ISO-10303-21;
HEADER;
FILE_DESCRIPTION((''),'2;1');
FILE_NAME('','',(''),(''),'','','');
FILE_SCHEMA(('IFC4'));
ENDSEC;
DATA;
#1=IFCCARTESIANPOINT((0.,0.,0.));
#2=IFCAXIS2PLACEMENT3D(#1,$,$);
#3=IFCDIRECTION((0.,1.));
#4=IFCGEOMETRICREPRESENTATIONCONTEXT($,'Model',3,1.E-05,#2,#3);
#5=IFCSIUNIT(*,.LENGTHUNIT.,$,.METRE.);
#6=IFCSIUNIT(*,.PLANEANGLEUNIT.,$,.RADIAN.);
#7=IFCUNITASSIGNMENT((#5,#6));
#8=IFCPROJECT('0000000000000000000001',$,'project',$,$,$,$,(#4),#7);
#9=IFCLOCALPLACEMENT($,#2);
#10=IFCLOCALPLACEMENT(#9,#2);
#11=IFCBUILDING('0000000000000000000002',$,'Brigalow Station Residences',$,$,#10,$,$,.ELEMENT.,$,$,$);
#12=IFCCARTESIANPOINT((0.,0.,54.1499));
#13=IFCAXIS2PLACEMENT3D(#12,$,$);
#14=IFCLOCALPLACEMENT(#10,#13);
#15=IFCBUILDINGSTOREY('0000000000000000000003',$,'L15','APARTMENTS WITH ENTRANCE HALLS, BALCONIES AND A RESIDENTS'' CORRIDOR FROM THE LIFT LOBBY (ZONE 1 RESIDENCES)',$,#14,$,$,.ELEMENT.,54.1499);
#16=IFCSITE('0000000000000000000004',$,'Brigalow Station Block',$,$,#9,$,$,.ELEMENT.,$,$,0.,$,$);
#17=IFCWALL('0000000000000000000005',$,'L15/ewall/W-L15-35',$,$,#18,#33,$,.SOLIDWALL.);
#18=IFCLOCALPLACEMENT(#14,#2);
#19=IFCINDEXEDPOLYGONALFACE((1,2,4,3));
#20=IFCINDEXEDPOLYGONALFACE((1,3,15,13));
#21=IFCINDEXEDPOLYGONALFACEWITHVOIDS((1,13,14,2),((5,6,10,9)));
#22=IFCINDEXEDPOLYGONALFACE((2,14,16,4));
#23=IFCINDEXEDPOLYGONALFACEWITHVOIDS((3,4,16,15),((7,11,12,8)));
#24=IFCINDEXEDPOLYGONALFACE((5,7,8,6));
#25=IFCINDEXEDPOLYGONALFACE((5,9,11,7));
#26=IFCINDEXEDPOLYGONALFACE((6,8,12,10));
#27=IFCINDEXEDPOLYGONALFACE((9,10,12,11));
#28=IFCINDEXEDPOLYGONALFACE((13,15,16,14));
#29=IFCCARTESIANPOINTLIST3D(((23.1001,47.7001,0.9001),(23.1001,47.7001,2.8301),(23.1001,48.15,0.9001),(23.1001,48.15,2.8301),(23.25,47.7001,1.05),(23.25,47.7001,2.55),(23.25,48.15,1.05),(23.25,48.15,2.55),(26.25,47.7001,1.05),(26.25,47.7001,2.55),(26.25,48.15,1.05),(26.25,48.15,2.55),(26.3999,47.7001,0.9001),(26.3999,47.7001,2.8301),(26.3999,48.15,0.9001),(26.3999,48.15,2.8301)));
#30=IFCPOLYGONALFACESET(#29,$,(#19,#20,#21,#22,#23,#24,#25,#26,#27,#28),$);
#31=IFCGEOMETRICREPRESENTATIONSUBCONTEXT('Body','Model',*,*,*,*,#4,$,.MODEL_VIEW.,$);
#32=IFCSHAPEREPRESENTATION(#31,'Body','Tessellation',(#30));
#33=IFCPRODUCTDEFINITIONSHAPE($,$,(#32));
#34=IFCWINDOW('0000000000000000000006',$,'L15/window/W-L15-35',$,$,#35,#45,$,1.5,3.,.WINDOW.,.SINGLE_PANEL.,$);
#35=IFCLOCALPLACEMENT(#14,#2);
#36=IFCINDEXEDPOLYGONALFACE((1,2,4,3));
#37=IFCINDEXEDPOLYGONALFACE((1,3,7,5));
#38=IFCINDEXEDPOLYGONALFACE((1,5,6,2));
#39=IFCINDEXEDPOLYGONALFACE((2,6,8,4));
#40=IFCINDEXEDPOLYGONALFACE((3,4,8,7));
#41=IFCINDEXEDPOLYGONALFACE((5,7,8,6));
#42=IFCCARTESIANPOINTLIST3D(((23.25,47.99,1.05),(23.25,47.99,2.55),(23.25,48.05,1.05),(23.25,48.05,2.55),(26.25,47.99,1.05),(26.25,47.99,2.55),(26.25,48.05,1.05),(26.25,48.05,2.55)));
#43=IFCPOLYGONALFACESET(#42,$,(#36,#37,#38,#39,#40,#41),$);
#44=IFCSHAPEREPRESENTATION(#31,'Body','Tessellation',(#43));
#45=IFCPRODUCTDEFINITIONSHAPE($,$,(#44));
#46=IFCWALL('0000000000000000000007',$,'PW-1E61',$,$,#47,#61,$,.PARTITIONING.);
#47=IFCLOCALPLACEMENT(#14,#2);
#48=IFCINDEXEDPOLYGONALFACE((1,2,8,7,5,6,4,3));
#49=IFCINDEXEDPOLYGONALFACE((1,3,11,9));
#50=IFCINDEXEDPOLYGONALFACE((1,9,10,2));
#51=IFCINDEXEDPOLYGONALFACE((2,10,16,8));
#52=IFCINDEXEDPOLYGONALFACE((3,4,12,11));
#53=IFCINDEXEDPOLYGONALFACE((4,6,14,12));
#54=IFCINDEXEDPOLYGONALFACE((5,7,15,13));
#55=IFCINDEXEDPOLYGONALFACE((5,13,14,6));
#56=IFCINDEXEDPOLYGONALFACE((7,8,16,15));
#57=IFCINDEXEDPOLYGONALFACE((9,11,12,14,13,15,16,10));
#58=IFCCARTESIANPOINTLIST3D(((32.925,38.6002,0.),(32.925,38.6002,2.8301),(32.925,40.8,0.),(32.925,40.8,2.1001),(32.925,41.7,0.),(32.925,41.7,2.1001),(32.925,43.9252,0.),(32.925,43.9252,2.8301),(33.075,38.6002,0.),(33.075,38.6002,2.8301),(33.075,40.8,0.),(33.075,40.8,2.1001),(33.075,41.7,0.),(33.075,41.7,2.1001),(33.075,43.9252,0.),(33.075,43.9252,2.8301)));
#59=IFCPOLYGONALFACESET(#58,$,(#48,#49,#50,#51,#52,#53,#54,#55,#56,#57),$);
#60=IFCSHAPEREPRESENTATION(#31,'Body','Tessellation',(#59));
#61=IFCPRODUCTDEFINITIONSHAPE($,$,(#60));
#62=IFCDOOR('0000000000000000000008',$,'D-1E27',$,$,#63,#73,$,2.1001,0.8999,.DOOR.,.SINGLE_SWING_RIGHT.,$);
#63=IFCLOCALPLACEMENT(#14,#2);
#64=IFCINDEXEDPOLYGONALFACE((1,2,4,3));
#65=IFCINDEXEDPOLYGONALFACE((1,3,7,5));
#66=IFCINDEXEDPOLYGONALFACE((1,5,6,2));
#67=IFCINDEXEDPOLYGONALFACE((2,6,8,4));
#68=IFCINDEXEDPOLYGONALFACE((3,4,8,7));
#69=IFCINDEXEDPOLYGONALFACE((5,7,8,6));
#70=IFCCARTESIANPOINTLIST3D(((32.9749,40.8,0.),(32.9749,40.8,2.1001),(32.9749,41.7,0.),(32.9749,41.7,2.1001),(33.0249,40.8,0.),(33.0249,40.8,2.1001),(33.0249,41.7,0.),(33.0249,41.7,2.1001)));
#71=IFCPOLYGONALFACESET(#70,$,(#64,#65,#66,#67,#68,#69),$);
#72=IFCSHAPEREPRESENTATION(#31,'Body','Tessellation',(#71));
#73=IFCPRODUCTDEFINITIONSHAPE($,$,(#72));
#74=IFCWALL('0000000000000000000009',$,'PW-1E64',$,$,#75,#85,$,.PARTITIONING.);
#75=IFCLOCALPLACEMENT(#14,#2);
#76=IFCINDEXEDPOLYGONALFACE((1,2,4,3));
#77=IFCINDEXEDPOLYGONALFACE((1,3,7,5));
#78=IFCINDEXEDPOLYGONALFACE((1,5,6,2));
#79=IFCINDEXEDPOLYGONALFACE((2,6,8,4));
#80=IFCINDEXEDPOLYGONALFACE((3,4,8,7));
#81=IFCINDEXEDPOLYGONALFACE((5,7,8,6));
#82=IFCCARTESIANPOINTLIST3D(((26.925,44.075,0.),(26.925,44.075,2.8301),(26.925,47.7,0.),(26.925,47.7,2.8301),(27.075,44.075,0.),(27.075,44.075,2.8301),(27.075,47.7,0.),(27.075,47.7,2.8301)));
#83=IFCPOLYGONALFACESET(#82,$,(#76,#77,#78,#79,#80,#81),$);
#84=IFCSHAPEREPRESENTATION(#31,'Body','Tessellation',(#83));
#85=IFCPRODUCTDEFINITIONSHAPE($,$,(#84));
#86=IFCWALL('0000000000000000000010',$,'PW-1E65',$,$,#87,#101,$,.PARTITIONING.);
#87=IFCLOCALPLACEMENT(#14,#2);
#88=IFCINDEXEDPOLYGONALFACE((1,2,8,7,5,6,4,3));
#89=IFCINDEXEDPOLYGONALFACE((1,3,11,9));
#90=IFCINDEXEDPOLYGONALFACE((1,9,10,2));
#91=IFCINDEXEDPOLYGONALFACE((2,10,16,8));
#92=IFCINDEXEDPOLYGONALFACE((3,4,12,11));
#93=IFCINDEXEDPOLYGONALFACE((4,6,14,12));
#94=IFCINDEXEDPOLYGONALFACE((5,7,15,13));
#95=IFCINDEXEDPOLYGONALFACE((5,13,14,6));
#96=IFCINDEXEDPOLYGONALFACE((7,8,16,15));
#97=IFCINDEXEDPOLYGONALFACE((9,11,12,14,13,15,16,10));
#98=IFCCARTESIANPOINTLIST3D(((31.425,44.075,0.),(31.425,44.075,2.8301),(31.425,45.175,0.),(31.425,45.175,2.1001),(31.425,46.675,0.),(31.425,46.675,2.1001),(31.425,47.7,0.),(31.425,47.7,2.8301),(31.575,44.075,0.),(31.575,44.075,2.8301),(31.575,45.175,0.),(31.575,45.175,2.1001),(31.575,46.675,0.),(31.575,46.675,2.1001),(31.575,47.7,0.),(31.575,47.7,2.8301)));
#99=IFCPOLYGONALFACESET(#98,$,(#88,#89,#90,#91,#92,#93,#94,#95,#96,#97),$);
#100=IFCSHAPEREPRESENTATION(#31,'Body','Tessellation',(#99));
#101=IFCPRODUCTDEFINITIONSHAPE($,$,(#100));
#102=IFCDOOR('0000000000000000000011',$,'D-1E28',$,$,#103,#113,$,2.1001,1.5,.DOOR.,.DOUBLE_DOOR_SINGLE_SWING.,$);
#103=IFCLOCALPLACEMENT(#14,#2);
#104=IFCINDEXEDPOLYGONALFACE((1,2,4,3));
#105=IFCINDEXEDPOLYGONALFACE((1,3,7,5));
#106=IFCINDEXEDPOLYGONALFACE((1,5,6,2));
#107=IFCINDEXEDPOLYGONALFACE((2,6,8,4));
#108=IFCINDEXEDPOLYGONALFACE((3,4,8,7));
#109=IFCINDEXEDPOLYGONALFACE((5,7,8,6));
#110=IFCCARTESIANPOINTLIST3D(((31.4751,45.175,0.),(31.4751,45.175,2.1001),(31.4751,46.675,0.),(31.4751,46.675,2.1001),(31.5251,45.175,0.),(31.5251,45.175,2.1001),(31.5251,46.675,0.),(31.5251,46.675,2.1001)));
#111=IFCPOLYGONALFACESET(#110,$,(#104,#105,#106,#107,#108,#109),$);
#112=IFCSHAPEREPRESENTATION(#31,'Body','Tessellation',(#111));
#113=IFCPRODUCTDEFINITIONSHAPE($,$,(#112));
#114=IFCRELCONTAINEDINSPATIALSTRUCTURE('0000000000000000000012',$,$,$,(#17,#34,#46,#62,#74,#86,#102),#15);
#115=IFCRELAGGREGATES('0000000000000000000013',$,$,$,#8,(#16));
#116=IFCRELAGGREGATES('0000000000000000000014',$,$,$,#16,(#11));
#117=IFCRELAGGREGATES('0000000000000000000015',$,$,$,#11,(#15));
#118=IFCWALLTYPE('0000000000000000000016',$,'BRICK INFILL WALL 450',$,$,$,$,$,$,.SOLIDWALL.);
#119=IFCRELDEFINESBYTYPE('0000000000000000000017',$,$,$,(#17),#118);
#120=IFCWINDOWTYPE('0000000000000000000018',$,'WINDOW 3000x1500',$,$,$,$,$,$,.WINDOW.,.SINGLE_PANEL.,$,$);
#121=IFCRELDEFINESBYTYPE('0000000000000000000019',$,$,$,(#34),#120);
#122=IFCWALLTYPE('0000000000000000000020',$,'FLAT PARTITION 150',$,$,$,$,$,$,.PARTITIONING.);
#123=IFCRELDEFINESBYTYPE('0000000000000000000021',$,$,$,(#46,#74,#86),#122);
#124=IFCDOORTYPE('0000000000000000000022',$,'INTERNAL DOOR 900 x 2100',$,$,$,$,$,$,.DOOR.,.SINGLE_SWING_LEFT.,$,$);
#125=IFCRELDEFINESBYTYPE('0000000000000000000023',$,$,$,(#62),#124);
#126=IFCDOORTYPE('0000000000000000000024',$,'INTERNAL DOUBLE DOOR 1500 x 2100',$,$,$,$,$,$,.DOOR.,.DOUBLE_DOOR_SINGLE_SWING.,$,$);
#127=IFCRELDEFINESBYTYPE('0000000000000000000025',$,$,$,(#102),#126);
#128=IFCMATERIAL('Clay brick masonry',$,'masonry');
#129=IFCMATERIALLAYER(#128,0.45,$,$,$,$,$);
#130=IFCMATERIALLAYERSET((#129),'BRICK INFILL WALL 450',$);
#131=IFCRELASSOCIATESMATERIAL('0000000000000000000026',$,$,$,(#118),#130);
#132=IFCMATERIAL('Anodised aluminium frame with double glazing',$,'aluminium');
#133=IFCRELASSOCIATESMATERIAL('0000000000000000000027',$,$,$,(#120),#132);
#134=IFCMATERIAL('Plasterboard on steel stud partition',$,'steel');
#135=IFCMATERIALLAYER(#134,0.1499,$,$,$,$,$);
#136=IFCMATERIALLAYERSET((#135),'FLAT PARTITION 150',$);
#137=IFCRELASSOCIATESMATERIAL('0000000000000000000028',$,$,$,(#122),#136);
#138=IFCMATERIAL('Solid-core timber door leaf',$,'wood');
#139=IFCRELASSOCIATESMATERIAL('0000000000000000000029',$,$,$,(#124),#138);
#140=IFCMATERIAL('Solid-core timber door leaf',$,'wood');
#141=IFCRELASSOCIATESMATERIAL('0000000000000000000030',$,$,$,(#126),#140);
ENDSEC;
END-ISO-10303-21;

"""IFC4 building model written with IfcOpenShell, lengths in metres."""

from ifc_helpers import new_model, si_unit, direction, frame, frame_2d, origin, place, context, subcontext, project, spatial, rectangle, extrude, material, layer, layer_set, type_object, element, fill, save


model = new_model("IFC4")

# Units and contexts
model_context = context("Model", 3, precision=1e-05, world=origin(), true_north=direction((0.0, 1.0)))
body_context = subcontext(model_context, "Body", "Model", "MODEL_VIEW")
ifc_project = project(units=[si_unit("LENGTHUNIT", "METRE"), si_unit("PLANEANGLEUNIT", "RADIAN")], contexts=[model_context])

# Site, building, storey
site_placement = place(None, origin())
site = spatial("IfcSite", under=ifc_project, at=site_placement, Name="Brigalow Station Block", CompositionType="ELEMENT", RefElevation=0.0)
building_placement = place(site_placement, origin())
building = spatial("IfcBuilding", under=site, at=building_placement, Name="Brigalow Station Residences", CompositionType="ELEMENT")
storey_placement = place(building_placement, frame((0.0, 0.0, 54.1499)))
storey = spatial("IfcBuildingStorey", under=building, at=storey_placement, Name="L15", Description="APARTMENTS WITH ENTRANCE HALLS, BALCONIES AND A RESIDENTS' CORRIDOR FROM THE LIFT LOBBY (ZONE 1 RESIDENCES)", CompositionType="ELEMENT", Elevation=54.1499)

# Shared definitions
ifc_material_1 = material(Name="Clay brick masonry", Category="masonry")
ifc_layer_1 = layer(ifc_material_1, 0.45)
ifc_layer_set_1 = layer_set([ifc_layer_1], Name="BRICK INFILL WALL 450")
wall_type_1 = type_object("IfcWallType", Name="BRICK INFILL WALL 450", PredefinedType="SOLIDWALL", material=ifc_layer_set_1)

# Wall, opening, window
wall_1_placement = place(storey_placement, frame((26.3999, 47.925, 0.9001), z_axis=(0.0, 0.0, 1.0), x_axis=(-1.0, 0.0, 0.0)))
wall_1 = element("IfcWall", 1, at=wall_1_placement, inside=storey, type_object=wall_type_1, Name="L15/ewall/W-L15-35", PredefinedType="SOLIDWALL", context=body_context, shape_type="SweptSolid", body=[
    extrude(rectangle(XDim=3.2998, YDim=0.45, at=frame_2d((1.6499, 0.0))), origin(), (0.0, 0.0, 1.0), 1.9299),
])
opening_1_placement = place(wall_1_placement, frame((0.1499, 0.0, 0.1499)))
opening_1 = element("IfcOpeningElement", 2, at=opening_1_placement, cuts=wall_1, PredefinedType="OPENING", context=body_context, shape_type="SweptSolid", body=[
    extrude(rectangle(XDim=3.0, YDim=1.5, at=frame_2d((1.5, 0.75))), frame((0.0, 0.2349, 0.0), z_axis=(0.0, -1.0, 0.0), x_axis=(1.0, 0.0, 0.0)), (0.0, 0.0, 1.0), 0.47),
])
ifc_material_2 = material(Name="Anodised aluminium frame with double glazing", Category="aluminium")
window_type = type_object("IfcWindowType", Name="WINDOW 3000x1500", PartitioningType="SINGLE_PANEL", PredefinedType="WINDOW", material=ifc_material_2)
window_placement = place(opening_1_placement, origin())
window = element("IfcWindow", 3, at=window_placement, inside=storey, type_object=window_type, Name="L15/window/W-L15-35", OverallHeight=1.5, OverallWidth=3.0, PartitioningType="SINGLE_PANEL", PredefinedType="WINDOW", context=body_context, shape_type="SweptSolid", body=[
    extrude(rectangle(XDim=3.0, YDim=1.5, at=frame_2d((1.5, 0.75))), frame((0.0, -0.0649, 0.0), z_axis=(0.0, -1.0, 0.0), x_axis=(1.0, 0.0, 0.0)), (0.0, 0.0, 1.0), 0.0601),
])
fill(opening_1, window)

# Wall, opening, door
ifc_material_3 = material(Name="Plasterboard on steel stud partition", Category="steel")
ifc_layer_2 = layer(ifc_material_3, 0.1499)
ifc_layer_set_2 = layer_set([ifc_layer_2], Name="FLAT PARTITION 150")
wall_type_2 = type_object("IfcWallType", Name="FLAT PARTITION 150", PredefinedType="PARTITIONING", material=ifc_layer_set_2)
wall_2_placement = place(storey_placement, frame((33.0, 38.6001, 0.0), z_axis=(0.0, 0.0, 1.0), x_axis=(0.0, 1.0, 0.0)))
wall_2 = element("IfcWall", 4, at=wall_2_placement, inside=storey, type_object=wall_type_2, Name="PW-1E61", PredefinedType="PARTITIONING", context=body_context, shape_type="SweptSolid", body=[
    extrude(rectangle(XDim=5.325, YDim=0.1499, at=frame_2d((2.6626, 0.0))), origin(), (0.0, 0.0, 1.0), 2.8301),
])
opening_2_placement = place(wall_2_placement, frame((2.2, 0.0, 0.0)))
opening_2 = element("IfcOpeningElement", 5, at=opening_2_placement, cuts=wall_2, PredefinedType="OPENING", context=body_context, shape_type="SweptSolid", body=[
    extrude(rectangle(XDim=0.8999, YDim=2.1001, at=frame_2d((0.45, 1.05))), frame((0.0, 0.085, 0.0), z_axis=(0.0, -1.0, 0.0), x_axis=(1.0, 0.0, 0.0)), (0.0, 0.0, 1.0), 0.1699),
])
ifc_material_4 = material(Name="Solid-core timber door leaf", Category="wood")
door_type_1 = type_object("IfcDoorType", Name="INTERNAL DOOR 900 x 2100", OperationType="SINGLE_SWING_LEFT", PredefinedType="DOOR", material=ifc_material_4)
door_1_placement = place(opening_2_placement, frame((0.8999, 0.0, 0.0), z_axis=(0.0, 0.0, 1.0), x_axis=(-1.0, 0.0, 0.0)))
door_1 = element("IfcDoor", 6, at=door_1_placement, inside=storey, type_object=door_type_1, Name="D-1E27", OperationType="SINGLE_SWING_RIGHT", OverallHeight=2.1001, OverallWidth=0.8999, PredefinedType="DOOR", context=body_context, shape_type="SweptSolid", body=[
    extrude(rectangle(XDim=0.8999, YDim=2.1001, at=frame_2d((0.45, 1.05))), frame((0.0, 0.0249, 0.0), z_axis=(0.0, -1.0, 0.0), x_axis=(1.0, 0.0, 0.0)), (0.0, 0.0, 1.0), 0.05),
])
fill(opening_2, door_1)

# Wall
wall_3_placement = place(storey_placement, frame((27.0, 44.075, 0.0), z_axis=(0.0, 0.0, 1.0), x_axis=(0.0, 1.0, 0.0)))
element("IfcWall", 7, at=wall_3_placement, inside=storey, type_object=wall_type_2, Name="PW-1E64", PredefinedType="PARTITIONING", context=body_context, shape_type="SweptSolid", body=[
    extrude(rectangle(XDim=3.625, YDim=0.1499, at=frame_2d((1.8125, 0.0))), origin(), (0.0, 0.0, 1.0), 2.8301),
])

# Wall, opening, door
wall_4_placement = place(storey_placement, frame((31.5, 44.075, 0.0), z_axis=(0.0, 0.0, 1.0), x_axis=(0.0, 1.0, 0.0)))
wall_4 = element("IfcWall", 8, at=wall_4_placement, inside=storey, type_object=wall_type_2, Name="PW-1E65", PredefinedType="PARTITIONING", context=body_context, shape_type="SweptSolid", body=[
    extrude(rectangle(XDim=3.625, YDim=0.1499, at=frame_2d((1.8125, 0.0))), origin(), (0.0, 0.0, 1.0), 2.8301),
])
opening_3_placement = place(wall_4_placement, frame((1.1001, 0.0, 0.0)))
opening_3 = element("IfcOpeningElement", 9, at=opening_3_placement, cuts=wall_4, PredefinedType="OPENING", context=body_context, shape_type="SweptSolid", body=[
    extrude(rectangle(XDim=1.5, YDim=2.1001, at=frame_2d((0.75, 1.05))), frame((0.0, 0.085, 0.0), z_axis=(0.0, -1.0, 0.0), x_axis=(1.0, 0.0, 0.0)), (0.0, 0.0, 1.0), 0.1699),
])
ifc_material_5 = material(Name="Solid-core timber door leaf", Category="wood")
door_type_2 = type_object("IfcDoorType", Name="INTERNAL DOUBLE DOOR 1500 x 2100", OperationType="DOUBLE_DOOR_SINGLE_SWING", PredefinedType="DOOR", material=ifc_material_5)
door_2_placement = place(opening_3_placement, origin())
door_2 = element("IfcDoor", 10, at=door_2_placement, inside=storey, type_object=door_type_2, Name="D-1E28", OperationType="DOUBLE_DOOR_SINGLE_SWING", OverallHeight=2.1001, OverallWidth=1.5, PredefinedType="DOOR", context=body_context, shape_type="SweptSolid", body=[
    extrude(rectangle(XDim=1.5, YDim=2.1001, at=frame_2d((0.75, 1.05))), frame((0.0, 0.0249, 0.0), z_axis=(0.0, -1.0, 0.0), x_axis=(1.0, 0.0, 0.0)), (0.0, 0.0, 1.0), 0.05),
])
fill(opening_3, door_2)

save(model, "model.ifc")
